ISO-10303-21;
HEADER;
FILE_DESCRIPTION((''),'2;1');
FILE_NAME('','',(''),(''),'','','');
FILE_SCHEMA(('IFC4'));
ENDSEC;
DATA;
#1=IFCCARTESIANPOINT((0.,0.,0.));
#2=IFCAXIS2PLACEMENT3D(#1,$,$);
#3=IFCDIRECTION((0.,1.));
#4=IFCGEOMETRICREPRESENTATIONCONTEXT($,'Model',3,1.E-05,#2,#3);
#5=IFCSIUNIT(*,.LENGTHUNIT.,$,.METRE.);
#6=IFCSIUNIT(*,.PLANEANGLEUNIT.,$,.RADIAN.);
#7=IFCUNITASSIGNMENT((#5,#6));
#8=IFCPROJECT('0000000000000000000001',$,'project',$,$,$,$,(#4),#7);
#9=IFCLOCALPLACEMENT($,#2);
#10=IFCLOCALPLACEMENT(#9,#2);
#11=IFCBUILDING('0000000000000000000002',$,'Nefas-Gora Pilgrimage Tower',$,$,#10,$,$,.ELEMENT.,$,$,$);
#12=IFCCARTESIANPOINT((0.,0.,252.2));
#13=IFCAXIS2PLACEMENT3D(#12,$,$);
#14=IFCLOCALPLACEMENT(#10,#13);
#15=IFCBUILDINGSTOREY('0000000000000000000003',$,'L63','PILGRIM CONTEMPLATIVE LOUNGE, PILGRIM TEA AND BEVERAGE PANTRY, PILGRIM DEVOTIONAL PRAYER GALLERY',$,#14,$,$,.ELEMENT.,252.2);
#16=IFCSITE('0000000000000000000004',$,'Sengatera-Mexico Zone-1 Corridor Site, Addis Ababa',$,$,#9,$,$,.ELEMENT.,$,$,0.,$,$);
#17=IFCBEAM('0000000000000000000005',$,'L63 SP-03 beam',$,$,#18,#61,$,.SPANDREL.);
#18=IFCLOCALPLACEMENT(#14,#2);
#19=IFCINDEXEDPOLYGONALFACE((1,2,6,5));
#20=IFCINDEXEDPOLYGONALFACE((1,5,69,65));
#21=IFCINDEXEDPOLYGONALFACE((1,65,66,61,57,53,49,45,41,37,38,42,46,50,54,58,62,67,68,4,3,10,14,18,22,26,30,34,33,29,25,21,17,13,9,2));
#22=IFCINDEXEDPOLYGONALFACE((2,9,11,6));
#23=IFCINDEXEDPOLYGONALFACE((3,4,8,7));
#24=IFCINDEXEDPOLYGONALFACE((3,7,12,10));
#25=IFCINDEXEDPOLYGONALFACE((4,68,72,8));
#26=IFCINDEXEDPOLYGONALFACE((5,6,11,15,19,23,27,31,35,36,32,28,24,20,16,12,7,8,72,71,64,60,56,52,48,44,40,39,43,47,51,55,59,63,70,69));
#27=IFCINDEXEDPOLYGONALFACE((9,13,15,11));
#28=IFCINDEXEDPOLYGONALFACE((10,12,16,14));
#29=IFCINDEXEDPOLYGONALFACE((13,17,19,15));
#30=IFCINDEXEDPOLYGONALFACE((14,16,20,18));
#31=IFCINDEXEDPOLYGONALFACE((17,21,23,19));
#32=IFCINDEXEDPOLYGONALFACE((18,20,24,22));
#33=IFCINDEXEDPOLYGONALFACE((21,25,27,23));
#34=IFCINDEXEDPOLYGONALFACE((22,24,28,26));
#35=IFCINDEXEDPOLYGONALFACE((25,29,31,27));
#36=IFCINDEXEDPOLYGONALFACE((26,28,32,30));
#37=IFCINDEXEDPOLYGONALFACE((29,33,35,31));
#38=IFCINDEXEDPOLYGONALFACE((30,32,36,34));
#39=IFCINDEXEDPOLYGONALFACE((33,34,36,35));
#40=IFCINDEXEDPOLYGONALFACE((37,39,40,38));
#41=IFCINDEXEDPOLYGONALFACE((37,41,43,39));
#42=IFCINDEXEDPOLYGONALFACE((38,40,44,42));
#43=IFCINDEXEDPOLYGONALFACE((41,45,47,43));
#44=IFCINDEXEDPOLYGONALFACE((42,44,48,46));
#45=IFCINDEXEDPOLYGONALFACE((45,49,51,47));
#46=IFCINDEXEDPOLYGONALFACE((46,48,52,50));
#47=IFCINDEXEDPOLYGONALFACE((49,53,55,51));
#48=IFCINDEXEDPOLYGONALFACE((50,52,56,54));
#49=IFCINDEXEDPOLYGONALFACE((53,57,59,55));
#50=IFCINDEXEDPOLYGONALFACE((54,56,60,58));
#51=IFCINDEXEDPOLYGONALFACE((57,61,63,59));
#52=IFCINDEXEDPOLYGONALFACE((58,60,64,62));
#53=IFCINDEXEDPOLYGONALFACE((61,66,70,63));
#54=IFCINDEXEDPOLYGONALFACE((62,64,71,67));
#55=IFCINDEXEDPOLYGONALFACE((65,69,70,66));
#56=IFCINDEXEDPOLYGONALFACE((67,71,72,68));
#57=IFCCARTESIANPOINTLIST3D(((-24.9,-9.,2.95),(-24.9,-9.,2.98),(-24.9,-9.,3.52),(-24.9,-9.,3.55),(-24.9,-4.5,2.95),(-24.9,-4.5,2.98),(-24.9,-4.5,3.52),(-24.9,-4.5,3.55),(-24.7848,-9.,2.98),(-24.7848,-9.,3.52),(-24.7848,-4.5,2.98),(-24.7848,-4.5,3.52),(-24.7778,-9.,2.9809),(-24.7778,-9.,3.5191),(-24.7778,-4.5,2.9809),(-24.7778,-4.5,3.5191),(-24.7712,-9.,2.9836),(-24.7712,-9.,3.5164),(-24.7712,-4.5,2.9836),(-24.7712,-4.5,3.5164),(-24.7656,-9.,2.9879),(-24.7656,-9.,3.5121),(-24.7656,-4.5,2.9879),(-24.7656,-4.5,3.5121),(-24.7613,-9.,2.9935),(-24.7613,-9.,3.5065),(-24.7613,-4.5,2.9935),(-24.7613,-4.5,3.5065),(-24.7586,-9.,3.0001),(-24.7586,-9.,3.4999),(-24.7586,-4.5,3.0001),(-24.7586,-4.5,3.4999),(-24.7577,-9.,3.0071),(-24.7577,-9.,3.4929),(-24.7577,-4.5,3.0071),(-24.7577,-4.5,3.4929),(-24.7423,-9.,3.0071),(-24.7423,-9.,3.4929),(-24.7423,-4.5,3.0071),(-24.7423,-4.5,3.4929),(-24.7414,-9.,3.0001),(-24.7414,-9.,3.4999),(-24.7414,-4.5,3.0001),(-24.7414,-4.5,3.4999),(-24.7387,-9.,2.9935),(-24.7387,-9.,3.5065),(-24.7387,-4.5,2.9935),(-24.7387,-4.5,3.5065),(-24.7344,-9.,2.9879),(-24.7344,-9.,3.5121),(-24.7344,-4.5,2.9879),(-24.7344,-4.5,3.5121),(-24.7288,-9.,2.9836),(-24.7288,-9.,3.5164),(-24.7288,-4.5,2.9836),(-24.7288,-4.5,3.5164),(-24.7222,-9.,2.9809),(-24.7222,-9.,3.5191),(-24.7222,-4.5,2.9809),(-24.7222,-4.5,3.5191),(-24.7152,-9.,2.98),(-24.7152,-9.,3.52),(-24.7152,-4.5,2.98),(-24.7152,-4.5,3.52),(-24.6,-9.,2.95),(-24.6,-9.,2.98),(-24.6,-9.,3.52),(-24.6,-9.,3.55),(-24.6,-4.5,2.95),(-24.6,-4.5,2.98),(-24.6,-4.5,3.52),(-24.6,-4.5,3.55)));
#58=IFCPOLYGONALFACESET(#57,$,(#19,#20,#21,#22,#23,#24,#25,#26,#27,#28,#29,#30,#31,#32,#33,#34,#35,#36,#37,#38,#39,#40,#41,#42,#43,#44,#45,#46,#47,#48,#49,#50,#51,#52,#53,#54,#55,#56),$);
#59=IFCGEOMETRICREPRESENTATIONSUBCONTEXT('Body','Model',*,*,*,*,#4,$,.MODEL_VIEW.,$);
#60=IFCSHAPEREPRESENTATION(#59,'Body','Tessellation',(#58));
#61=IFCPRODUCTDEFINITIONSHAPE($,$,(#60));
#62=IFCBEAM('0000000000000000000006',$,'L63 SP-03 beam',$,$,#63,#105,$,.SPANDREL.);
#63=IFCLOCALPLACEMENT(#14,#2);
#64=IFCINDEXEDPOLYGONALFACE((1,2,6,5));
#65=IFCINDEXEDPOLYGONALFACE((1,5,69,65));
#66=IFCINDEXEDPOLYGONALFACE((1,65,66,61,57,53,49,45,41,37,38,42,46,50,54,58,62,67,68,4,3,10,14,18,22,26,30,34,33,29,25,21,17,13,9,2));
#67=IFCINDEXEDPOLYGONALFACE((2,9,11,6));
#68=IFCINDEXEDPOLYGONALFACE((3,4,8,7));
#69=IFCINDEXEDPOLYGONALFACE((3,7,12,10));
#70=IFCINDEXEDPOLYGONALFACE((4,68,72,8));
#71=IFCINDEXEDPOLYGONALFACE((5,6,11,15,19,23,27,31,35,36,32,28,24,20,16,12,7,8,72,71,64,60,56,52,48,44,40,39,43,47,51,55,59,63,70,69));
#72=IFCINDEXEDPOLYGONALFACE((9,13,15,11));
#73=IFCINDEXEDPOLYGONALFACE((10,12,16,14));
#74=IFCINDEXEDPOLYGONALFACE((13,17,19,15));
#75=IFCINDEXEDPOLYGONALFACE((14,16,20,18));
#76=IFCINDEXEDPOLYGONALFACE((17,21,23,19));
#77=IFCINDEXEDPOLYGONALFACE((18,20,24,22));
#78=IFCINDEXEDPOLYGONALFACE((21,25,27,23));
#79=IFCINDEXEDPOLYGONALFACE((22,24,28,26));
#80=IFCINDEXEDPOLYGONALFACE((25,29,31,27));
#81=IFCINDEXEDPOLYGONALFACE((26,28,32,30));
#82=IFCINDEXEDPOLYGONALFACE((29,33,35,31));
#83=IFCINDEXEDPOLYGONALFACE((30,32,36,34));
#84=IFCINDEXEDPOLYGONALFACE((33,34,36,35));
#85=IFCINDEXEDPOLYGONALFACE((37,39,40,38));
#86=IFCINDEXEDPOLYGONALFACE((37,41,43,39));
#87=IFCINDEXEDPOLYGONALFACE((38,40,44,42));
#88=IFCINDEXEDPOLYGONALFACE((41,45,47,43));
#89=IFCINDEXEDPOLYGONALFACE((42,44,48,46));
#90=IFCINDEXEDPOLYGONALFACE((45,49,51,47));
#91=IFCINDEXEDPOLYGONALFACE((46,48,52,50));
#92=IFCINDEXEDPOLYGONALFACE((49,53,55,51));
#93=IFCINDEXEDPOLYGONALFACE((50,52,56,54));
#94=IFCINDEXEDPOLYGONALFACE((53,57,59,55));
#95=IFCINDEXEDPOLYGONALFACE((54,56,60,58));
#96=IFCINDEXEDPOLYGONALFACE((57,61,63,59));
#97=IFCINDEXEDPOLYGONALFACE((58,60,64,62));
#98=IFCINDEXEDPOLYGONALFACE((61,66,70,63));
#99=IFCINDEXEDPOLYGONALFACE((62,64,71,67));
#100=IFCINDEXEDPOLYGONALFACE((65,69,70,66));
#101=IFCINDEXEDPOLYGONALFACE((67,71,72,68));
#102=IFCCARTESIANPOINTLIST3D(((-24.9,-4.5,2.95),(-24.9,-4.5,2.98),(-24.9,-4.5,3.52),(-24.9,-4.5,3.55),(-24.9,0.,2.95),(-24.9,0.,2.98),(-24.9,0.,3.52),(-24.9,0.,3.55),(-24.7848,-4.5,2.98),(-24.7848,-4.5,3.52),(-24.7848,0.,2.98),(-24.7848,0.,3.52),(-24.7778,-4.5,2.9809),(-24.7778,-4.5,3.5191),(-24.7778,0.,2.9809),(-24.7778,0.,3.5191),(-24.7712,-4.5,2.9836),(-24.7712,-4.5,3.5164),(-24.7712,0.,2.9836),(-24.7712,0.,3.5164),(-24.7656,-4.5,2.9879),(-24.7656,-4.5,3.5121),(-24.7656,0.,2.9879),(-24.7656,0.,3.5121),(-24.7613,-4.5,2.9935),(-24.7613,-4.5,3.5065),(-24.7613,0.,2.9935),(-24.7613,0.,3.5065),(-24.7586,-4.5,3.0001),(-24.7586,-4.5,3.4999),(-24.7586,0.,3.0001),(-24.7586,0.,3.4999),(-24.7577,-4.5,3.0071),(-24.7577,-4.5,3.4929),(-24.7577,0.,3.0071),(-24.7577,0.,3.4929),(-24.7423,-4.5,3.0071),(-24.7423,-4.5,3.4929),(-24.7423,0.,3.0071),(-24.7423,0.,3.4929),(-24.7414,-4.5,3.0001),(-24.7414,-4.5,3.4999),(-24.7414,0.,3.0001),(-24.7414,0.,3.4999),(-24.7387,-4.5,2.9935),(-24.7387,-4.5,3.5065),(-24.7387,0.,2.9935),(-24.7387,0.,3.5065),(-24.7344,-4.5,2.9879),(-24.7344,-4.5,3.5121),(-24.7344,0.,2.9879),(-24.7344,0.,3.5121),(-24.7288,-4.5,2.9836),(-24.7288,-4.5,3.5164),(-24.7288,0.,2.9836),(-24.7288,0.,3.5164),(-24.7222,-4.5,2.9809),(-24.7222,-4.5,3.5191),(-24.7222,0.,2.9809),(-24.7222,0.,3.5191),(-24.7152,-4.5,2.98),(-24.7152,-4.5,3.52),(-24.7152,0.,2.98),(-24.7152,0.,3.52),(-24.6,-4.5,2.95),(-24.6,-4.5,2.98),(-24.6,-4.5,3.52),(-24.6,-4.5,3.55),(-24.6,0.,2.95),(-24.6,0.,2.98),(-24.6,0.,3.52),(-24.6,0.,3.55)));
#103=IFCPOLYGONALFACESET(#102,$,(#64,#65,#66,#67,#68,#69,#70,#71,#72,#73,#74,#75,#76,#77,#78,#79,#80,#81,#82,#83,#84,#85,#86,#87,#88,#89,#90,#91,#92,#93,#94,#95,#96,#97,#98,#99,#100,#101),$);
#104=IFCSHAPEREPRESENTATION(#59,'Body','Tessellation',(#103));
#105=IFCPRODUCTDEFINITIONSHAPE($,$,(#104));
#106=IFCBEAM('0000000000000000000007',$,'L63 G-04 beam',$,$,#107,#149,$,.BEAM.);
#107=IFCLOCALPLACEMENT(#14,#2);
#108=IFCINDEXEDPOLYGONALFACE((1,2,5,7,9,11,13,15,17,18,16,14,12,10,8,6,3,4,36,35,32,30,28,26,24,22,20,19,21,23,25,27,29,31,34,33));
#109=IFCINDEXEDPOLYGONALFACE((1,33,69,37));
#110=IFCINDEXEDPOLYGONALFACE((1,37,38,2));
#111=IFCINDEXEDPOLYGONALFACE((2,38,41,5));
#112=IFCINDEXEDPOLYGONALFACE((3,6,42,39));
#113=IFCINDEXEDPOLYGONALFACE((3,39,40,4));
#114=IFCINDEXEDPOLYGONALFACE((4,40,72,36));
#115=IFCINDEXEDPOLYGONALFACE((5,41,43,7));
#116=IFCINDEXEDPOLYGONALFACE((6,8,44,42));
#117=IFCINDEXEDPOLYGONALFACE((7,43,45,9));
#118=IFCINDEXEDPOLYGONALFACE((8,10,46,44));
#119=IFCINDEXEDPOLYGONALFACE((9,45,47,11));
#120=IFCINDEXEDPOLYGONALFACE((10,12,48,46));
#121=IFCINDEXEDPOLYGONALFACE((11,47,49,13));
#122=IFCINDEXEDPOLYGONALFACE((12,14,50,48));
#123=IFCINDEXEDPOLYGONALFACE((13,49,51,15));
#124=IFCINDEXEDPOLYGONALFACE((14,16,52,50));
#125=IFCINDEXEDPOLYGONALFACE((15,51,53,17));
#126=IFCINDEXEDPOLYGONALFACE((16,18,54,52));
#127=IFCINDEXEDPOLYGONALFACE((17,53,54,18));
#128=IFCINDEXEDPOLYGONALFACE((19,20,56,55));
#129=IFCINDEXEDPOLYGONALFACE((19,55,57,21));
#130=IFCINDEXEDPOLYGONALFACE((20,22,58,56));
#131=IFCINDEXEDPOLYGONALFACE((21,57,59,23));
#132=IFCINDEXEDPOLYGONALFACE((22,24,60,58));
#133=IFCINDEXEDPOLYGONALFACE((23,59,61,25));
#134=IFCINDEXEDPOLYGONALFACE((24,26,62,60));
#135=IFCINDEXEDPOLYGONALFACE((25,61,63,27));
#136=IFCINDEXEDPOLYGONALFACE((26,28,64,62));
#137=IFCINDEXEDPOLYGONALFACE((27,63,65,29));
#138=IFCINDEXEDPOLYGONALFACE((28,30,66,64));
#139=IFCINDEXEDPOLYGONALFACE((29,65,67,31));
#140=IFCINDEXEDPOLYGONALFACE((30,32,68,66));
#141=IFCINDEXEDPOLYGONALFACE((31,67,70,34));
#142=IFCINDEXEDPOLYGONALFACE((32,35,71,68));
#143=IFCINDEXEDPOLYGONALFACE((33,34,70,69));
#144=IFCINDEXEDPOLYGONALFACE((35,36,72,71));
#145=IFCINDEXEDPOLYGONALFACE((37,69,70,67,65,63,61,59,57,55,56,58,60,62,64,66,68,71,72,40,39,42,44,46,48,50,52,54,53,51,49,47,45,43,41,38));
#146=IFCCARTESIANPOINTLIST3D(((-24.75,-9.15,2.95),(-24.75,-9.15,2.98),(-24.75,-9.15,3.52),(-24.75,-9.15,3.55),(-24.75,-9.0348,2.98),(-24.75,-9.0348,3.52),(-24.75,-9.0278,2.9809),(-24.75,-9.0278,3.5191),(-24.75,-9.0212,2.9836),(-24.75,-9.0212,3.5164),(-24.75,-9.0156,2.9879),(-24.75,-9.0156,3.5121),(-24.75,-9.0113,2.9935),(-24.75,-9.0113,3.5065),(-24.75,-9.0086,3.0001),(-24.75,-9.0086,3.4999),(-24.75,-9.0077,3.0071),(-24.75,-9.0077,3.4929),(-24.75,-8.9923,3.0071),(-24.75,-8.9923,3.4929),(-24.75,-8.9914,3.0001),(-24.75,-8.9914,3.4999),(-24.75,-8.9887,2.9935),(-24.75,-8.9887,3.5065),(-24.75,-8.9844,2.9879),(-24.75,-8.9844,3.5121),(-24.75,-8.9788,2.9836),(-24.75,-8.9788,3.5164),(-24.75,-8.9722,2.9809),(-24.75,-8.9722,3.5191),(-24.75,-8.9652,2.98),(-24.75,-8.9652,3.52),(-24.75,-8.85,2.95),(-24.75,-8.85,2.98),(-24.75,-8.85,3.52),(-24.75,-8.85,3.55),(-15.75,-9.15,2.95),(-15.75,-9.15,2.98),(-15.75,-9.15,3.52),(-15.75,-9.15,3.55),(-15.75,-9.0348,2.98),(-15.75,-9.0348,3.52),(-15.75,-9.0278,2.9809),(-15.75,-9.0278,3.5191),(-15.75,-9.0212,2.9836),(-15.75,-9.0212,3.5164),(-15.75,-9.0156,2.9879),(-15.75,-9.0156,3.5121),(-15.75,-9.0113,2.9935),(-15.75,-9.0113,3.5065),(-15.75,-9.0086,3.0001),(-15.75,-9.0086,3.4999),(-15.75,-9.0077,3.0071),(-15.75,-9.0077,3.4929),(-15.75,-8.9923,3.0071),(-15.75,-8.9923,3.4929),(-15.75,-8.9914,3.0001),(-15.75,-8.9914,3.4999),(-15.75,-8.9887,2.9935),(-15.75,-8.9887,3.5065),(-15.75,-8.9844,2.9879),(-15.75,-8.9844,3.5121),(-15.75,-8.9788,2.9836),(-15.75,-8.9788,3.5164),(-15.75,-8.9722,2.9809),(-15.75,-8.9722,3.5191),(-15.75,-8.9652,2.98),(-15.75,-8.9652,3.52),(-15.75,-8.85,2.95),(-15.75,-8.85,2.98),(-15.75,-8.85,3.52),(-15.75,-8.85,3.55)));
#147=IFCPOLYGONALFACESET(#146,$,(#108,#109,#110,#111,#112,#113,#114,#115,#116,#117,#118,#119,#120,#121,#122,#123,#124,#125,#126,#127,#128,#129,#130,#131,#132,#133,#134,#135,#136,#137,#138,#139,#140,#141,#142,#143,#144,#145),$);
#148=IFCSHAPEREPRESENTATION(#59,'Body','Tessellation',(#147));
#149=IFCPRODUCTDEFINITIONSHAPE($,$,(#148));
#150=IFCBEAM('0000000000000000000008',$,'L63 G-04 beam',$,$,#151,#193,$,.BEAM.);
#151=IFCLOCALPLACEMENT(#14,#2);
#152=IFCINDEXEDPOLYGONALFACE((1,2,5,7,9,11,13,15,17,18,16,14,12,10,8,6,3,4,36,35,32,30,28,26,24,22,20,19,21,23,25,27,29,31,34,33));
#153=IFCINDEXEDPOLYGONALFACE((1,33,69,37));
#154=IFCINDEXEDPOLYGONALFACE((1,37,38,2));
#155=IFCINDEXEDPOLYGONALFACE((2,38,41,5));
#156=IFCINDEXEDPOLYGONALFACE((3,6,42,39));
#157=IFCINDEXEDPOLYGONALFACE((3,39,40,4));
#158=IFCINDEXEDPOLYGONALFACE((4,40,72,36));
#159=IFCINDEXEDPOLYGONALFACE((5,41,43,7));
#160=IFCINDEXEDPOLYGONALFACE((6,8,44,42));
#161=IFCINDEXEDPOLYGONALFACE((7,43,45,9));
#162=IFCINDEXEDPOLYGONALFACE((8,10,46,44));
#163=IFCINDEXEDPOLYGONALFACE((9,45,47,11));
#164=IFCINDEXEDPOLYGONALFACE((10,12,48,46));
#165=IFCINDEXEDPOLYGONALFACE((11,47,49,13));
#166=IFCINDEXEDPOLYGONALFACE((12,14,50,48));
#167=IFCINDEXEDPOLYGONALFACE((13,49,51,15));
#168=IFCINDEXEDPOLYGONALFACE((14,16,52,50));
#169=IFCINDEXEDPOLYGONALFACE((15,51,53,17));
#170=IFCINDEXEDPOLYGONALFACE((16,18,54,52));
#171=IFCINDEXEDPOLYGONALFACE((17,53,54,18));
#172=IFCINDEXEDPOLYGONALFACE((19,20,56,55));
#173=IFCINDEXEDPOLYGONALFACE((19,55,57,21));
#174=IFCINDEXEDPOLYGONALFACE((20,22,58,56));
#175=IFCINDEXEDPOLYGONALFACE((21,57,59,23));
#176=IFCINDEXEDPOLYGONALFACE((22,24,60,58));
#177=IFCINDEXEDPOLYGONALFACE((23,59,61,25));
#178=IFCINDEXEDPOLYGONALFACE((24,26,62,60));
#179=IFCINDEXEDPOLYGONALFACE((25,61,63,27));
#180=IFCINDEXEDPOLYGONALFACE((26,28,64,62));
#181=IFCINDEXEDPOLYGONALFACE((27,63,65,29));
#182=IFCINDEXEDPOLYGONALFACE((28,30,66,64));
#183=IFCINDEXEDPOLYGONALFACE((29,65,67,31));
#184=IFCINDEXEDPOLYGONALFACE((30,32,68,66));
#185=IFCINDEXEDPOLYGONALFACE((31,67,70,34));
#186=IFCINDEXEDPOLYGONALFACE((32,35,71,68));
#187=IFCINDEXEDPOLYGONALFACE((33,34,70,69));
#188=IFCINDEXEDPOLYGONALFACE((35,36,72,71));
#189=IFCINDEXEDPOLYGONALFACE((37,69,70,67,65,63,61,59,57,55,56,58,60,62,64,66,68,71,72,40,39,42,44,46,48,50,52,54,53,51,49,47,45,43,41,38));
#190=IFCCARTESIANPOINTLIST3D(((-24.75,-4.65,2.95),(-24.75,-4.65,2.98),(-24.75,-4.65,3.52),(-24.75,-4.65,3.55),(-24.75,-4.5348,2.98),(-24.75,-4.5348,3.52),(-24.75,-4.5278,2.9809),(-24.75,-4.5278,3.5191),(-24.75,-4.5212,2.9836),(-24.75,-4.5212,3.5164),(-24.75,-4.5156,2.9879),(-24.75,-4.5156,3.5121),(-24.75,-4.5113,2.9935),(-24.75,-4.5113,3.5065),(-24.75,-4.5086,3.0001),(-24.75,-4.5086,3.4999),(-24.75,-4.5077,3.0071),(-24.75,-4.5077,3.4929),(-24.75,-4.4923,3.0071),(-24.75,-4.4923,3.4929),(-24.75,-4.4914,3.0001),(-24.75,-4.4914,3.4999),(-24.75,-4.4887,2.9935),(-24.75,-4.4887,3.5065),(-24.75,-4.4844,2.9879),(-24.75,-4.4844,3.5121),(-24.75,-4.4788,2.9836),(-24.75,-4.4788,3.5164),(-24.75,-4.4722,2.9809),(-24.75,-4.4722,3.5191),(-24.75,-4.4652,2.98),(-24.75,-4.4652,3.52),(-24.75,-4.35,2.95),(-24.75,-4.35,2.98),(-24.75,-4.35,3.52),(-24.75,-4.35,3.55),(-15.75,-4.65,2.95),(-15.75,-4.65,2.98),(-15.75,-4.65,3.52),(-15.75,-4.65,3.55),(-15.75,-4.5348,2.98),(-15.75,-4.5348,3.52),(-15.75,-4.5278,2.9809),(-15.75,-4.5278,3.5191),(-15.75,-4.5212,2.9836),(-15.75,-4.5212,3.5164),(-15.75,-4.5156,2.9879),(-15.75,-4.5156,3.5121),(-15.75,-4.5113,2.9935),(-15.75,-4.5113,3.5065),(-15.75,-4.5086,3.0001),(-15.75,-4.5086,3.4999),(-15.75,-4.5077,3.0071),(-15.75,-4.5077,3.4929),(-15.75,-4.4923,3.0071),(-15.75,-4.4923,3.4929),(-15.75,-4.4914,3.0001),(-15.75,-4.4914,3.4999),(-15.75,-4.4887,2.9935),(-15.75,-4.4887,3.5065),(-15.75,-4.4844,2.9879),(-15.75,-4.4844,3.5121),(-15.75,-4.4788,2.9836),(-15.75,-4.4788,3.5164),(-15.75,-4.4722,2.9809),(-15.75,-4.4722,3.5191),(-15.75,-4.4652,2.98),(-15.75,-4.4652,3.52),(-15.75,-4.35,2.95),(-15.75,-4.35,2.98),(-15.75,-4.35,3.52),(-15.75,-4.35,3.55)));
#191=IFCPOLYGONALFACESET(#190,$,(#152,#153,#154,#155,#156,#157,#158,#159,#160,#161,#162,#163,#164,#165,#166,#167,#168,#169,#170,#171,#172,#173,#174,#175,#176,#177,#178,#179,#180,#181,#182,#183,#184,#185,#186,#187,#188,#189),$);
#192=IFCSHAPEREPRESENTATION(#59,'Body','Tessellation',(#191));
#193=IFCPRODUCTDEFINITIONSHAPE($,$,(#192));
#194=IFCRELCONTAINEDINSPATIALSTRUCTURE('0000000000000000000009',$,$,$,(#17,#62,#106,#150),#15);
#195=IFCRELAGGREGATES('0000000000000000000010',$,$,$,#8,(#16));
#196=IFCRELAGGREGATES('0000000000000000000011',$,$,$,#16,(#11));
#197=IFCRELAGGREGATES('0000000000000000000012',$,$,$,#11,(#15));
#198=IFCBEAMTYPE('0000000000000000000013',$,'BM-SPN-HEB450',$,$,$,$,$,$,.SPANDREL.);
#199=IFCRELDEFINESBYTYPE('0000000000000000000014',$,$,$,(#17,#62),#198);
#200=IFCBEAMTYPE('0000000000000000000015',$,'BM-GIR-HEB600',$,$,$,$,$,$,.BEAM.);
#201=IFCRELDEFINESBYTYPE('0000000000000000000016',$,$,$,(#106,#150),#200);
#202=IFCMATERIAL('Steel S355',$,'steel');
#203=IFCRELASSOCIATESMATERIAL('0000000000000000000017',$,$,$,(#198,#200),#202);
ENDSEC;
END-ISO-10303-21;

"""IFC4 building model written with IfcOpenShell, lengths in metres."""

from ifc_helpers import new_model, si_unit, direction, frame, origin, origin_2d, place, context, subcontext, project, spatial, i_section, extrude, source, transform, mapped, material, material_profile, profile_set, type_object, element, save


model = new_model("IFC4")

# Units and contexts
model_context = context("Model", 3, precision=1e-05, world=origin(), true_north=direction((0.0, 1.0)))
body_context = subcontext(model_context, "Body", "Model", "MODEL_VIEW")
ifc_project = project(units=[si_unit("LENGTHUNIT", "METRE"), si_unit("PLANEANGLEUNIT", "RADIAN")], contexts=[model_context])

# Site, building, storey
site_placement = place(None, origin())
site = spatial("IfcSite", under=ifc_project, at=site_placement, Name="Sengatera-Mexico Zone-1 Corridor Site, Addis Ababa", CompositionType="ELEMENT", RefElevation=0.0)
building_placement = place(site_placement, origin())
building = spatial("IfcBuilding", under=site, at=building_placement, Name="Nefas-Gora Pilgrimage Tower", CompositionType="ELEMENT")
storey_placement = place(building_placement, frame((0.0, 0.0, 252.2)))
storey = spatial("IfcBuildingStorey", under=building, at=storey_placement, Name="L63", Description="PILGRIM CONTEMPLATIVE LOUNGE, PILGRIM TEA AND BEVERAGE PANTRY, PILGRIM DEVOTIONAL PRAYER GALLERY", CompositionType="ELEMENT", Elevation=252.2)

# Beams
ifc_material_1 = material(Name="Steel S355", Category="steel")
ifc_material_profile_1 = material_profile(ifc_material_1, i_section(OverallWidth=0.3, OverallDepth=0.6001, WebThickness=0.0154, FlangeThickness=0.03, FilletRadius=0.0271, at=origin_2d()), Name="HEB 600")
ifc_profile_set_1 = profile_set([ifc_material_profile_1], Name="Steel S355")
beam_type_1 = type_object("IfcBeamType", Name="BM-SPN-HEB450", PredefinedType="SPANDREL", material=ifc_profile_set_1)
shared_shape_1 = source(origin(), body_context, "Body", "SweptSolid", [
    extrude(i_section(OverallWidth=0.3, OverallDepth=0.6001, WebThickness=0.0154, FlangeThickness=0.03, FilletRadius=0.0271, at=origin_2d()), origin(), (0.0, 0.0, 1.0), 4.5),
])
for number, where, z_axis, x_axis, name in (
    (1, (-24.75, -9.0, 3.25), (0.0, 1.0, 0.0), (-1.0, 0.0, 0.0), "L63 SP-03 beam"),
    (2, (-24.75, -4.5, 3.25), (0.0, 1.0, 0.0), (-1.0, 0.0, 0.0), "L63 SP-03 beam"),
):
    element("IfcBeam", number, at=place(storey_placement, frame(where, z_axis=z_axis, x_axis=x_axis)), inside=storey, type_object=beam_type_1, Name=name, PredefinedType="SPANDREL", context=body_context, shape_type="MappedRepresentation", body=[
        mapped(shared_shape_1, transform((0.0, 0.0, 0.0), x_axis=(1.0, 0.0, 0.0), y_axis=(0.0, 1.0, 0.0), z_axis=(0.0, 0.0, 1.0), scale=1.0)),
    ])
ifc_material_profile_2 = material_profile(ifc_material_1, i_section(OverallWidth=0.3, OverallDepth=0.6001, WebThickness=0.0154, FlangeThickness=0.03, FilletRadius=0.0271, at=origin_2d()), Name="HEB 600")
ifc_profile_set_2 = profile_set([ifc_material_profile_2], Name="Steel S355")
beam_type_2 = type_object("IfcBeamType", Name="BM-GIR-HEB600", PredefinedType="BEAM", material=ifc_profile_set_2)
shared_shape_2 = source(origin(), body_context, "Body", "SweptSolid", [
    extrude(i_section(OverallWidth=0.3, OverallDepth=0.6001, WebThickness=0.0154, FlangeThickness=0.03, FilletRadius=0.0271, at=origin_2d()), origin(), (0.0, 0.0, 1.0), 9.0),
])
for number, where, z_axis, x_axis, name in (
    (3, (-24.75, -9.0, 3.25), (1.0, 0.0, 0.0), (0.0, 1.0, 0.0), "L63 G-04 beam"),
    (4, (-24.75, -4.5, 3.25), (1.0, 0.0, 0.0), (0.0, 1.0, 0.0), "L63 G-04 beam"),
):
    element("IfcBeam", number, at=place(storey_placement, frame(where, z_axis=z_axis, x_axis=x_axis)), inside=storey, type_object=beam_type_2, Name=name, PredefinedType="BEAM", context=body_context, shape_type="MappedRepresentation", body=[
        mapped(shared_shape_2, transform((0.0, 0.0, 0.0), x_axis=(1.0, 0.0, 0.0), y_axis=(0.0, 1.0, 0.0), z_axis=(0.0, 0.0, 1.0), scale=1.0)),
    ])

save(model, "model.ifc")
